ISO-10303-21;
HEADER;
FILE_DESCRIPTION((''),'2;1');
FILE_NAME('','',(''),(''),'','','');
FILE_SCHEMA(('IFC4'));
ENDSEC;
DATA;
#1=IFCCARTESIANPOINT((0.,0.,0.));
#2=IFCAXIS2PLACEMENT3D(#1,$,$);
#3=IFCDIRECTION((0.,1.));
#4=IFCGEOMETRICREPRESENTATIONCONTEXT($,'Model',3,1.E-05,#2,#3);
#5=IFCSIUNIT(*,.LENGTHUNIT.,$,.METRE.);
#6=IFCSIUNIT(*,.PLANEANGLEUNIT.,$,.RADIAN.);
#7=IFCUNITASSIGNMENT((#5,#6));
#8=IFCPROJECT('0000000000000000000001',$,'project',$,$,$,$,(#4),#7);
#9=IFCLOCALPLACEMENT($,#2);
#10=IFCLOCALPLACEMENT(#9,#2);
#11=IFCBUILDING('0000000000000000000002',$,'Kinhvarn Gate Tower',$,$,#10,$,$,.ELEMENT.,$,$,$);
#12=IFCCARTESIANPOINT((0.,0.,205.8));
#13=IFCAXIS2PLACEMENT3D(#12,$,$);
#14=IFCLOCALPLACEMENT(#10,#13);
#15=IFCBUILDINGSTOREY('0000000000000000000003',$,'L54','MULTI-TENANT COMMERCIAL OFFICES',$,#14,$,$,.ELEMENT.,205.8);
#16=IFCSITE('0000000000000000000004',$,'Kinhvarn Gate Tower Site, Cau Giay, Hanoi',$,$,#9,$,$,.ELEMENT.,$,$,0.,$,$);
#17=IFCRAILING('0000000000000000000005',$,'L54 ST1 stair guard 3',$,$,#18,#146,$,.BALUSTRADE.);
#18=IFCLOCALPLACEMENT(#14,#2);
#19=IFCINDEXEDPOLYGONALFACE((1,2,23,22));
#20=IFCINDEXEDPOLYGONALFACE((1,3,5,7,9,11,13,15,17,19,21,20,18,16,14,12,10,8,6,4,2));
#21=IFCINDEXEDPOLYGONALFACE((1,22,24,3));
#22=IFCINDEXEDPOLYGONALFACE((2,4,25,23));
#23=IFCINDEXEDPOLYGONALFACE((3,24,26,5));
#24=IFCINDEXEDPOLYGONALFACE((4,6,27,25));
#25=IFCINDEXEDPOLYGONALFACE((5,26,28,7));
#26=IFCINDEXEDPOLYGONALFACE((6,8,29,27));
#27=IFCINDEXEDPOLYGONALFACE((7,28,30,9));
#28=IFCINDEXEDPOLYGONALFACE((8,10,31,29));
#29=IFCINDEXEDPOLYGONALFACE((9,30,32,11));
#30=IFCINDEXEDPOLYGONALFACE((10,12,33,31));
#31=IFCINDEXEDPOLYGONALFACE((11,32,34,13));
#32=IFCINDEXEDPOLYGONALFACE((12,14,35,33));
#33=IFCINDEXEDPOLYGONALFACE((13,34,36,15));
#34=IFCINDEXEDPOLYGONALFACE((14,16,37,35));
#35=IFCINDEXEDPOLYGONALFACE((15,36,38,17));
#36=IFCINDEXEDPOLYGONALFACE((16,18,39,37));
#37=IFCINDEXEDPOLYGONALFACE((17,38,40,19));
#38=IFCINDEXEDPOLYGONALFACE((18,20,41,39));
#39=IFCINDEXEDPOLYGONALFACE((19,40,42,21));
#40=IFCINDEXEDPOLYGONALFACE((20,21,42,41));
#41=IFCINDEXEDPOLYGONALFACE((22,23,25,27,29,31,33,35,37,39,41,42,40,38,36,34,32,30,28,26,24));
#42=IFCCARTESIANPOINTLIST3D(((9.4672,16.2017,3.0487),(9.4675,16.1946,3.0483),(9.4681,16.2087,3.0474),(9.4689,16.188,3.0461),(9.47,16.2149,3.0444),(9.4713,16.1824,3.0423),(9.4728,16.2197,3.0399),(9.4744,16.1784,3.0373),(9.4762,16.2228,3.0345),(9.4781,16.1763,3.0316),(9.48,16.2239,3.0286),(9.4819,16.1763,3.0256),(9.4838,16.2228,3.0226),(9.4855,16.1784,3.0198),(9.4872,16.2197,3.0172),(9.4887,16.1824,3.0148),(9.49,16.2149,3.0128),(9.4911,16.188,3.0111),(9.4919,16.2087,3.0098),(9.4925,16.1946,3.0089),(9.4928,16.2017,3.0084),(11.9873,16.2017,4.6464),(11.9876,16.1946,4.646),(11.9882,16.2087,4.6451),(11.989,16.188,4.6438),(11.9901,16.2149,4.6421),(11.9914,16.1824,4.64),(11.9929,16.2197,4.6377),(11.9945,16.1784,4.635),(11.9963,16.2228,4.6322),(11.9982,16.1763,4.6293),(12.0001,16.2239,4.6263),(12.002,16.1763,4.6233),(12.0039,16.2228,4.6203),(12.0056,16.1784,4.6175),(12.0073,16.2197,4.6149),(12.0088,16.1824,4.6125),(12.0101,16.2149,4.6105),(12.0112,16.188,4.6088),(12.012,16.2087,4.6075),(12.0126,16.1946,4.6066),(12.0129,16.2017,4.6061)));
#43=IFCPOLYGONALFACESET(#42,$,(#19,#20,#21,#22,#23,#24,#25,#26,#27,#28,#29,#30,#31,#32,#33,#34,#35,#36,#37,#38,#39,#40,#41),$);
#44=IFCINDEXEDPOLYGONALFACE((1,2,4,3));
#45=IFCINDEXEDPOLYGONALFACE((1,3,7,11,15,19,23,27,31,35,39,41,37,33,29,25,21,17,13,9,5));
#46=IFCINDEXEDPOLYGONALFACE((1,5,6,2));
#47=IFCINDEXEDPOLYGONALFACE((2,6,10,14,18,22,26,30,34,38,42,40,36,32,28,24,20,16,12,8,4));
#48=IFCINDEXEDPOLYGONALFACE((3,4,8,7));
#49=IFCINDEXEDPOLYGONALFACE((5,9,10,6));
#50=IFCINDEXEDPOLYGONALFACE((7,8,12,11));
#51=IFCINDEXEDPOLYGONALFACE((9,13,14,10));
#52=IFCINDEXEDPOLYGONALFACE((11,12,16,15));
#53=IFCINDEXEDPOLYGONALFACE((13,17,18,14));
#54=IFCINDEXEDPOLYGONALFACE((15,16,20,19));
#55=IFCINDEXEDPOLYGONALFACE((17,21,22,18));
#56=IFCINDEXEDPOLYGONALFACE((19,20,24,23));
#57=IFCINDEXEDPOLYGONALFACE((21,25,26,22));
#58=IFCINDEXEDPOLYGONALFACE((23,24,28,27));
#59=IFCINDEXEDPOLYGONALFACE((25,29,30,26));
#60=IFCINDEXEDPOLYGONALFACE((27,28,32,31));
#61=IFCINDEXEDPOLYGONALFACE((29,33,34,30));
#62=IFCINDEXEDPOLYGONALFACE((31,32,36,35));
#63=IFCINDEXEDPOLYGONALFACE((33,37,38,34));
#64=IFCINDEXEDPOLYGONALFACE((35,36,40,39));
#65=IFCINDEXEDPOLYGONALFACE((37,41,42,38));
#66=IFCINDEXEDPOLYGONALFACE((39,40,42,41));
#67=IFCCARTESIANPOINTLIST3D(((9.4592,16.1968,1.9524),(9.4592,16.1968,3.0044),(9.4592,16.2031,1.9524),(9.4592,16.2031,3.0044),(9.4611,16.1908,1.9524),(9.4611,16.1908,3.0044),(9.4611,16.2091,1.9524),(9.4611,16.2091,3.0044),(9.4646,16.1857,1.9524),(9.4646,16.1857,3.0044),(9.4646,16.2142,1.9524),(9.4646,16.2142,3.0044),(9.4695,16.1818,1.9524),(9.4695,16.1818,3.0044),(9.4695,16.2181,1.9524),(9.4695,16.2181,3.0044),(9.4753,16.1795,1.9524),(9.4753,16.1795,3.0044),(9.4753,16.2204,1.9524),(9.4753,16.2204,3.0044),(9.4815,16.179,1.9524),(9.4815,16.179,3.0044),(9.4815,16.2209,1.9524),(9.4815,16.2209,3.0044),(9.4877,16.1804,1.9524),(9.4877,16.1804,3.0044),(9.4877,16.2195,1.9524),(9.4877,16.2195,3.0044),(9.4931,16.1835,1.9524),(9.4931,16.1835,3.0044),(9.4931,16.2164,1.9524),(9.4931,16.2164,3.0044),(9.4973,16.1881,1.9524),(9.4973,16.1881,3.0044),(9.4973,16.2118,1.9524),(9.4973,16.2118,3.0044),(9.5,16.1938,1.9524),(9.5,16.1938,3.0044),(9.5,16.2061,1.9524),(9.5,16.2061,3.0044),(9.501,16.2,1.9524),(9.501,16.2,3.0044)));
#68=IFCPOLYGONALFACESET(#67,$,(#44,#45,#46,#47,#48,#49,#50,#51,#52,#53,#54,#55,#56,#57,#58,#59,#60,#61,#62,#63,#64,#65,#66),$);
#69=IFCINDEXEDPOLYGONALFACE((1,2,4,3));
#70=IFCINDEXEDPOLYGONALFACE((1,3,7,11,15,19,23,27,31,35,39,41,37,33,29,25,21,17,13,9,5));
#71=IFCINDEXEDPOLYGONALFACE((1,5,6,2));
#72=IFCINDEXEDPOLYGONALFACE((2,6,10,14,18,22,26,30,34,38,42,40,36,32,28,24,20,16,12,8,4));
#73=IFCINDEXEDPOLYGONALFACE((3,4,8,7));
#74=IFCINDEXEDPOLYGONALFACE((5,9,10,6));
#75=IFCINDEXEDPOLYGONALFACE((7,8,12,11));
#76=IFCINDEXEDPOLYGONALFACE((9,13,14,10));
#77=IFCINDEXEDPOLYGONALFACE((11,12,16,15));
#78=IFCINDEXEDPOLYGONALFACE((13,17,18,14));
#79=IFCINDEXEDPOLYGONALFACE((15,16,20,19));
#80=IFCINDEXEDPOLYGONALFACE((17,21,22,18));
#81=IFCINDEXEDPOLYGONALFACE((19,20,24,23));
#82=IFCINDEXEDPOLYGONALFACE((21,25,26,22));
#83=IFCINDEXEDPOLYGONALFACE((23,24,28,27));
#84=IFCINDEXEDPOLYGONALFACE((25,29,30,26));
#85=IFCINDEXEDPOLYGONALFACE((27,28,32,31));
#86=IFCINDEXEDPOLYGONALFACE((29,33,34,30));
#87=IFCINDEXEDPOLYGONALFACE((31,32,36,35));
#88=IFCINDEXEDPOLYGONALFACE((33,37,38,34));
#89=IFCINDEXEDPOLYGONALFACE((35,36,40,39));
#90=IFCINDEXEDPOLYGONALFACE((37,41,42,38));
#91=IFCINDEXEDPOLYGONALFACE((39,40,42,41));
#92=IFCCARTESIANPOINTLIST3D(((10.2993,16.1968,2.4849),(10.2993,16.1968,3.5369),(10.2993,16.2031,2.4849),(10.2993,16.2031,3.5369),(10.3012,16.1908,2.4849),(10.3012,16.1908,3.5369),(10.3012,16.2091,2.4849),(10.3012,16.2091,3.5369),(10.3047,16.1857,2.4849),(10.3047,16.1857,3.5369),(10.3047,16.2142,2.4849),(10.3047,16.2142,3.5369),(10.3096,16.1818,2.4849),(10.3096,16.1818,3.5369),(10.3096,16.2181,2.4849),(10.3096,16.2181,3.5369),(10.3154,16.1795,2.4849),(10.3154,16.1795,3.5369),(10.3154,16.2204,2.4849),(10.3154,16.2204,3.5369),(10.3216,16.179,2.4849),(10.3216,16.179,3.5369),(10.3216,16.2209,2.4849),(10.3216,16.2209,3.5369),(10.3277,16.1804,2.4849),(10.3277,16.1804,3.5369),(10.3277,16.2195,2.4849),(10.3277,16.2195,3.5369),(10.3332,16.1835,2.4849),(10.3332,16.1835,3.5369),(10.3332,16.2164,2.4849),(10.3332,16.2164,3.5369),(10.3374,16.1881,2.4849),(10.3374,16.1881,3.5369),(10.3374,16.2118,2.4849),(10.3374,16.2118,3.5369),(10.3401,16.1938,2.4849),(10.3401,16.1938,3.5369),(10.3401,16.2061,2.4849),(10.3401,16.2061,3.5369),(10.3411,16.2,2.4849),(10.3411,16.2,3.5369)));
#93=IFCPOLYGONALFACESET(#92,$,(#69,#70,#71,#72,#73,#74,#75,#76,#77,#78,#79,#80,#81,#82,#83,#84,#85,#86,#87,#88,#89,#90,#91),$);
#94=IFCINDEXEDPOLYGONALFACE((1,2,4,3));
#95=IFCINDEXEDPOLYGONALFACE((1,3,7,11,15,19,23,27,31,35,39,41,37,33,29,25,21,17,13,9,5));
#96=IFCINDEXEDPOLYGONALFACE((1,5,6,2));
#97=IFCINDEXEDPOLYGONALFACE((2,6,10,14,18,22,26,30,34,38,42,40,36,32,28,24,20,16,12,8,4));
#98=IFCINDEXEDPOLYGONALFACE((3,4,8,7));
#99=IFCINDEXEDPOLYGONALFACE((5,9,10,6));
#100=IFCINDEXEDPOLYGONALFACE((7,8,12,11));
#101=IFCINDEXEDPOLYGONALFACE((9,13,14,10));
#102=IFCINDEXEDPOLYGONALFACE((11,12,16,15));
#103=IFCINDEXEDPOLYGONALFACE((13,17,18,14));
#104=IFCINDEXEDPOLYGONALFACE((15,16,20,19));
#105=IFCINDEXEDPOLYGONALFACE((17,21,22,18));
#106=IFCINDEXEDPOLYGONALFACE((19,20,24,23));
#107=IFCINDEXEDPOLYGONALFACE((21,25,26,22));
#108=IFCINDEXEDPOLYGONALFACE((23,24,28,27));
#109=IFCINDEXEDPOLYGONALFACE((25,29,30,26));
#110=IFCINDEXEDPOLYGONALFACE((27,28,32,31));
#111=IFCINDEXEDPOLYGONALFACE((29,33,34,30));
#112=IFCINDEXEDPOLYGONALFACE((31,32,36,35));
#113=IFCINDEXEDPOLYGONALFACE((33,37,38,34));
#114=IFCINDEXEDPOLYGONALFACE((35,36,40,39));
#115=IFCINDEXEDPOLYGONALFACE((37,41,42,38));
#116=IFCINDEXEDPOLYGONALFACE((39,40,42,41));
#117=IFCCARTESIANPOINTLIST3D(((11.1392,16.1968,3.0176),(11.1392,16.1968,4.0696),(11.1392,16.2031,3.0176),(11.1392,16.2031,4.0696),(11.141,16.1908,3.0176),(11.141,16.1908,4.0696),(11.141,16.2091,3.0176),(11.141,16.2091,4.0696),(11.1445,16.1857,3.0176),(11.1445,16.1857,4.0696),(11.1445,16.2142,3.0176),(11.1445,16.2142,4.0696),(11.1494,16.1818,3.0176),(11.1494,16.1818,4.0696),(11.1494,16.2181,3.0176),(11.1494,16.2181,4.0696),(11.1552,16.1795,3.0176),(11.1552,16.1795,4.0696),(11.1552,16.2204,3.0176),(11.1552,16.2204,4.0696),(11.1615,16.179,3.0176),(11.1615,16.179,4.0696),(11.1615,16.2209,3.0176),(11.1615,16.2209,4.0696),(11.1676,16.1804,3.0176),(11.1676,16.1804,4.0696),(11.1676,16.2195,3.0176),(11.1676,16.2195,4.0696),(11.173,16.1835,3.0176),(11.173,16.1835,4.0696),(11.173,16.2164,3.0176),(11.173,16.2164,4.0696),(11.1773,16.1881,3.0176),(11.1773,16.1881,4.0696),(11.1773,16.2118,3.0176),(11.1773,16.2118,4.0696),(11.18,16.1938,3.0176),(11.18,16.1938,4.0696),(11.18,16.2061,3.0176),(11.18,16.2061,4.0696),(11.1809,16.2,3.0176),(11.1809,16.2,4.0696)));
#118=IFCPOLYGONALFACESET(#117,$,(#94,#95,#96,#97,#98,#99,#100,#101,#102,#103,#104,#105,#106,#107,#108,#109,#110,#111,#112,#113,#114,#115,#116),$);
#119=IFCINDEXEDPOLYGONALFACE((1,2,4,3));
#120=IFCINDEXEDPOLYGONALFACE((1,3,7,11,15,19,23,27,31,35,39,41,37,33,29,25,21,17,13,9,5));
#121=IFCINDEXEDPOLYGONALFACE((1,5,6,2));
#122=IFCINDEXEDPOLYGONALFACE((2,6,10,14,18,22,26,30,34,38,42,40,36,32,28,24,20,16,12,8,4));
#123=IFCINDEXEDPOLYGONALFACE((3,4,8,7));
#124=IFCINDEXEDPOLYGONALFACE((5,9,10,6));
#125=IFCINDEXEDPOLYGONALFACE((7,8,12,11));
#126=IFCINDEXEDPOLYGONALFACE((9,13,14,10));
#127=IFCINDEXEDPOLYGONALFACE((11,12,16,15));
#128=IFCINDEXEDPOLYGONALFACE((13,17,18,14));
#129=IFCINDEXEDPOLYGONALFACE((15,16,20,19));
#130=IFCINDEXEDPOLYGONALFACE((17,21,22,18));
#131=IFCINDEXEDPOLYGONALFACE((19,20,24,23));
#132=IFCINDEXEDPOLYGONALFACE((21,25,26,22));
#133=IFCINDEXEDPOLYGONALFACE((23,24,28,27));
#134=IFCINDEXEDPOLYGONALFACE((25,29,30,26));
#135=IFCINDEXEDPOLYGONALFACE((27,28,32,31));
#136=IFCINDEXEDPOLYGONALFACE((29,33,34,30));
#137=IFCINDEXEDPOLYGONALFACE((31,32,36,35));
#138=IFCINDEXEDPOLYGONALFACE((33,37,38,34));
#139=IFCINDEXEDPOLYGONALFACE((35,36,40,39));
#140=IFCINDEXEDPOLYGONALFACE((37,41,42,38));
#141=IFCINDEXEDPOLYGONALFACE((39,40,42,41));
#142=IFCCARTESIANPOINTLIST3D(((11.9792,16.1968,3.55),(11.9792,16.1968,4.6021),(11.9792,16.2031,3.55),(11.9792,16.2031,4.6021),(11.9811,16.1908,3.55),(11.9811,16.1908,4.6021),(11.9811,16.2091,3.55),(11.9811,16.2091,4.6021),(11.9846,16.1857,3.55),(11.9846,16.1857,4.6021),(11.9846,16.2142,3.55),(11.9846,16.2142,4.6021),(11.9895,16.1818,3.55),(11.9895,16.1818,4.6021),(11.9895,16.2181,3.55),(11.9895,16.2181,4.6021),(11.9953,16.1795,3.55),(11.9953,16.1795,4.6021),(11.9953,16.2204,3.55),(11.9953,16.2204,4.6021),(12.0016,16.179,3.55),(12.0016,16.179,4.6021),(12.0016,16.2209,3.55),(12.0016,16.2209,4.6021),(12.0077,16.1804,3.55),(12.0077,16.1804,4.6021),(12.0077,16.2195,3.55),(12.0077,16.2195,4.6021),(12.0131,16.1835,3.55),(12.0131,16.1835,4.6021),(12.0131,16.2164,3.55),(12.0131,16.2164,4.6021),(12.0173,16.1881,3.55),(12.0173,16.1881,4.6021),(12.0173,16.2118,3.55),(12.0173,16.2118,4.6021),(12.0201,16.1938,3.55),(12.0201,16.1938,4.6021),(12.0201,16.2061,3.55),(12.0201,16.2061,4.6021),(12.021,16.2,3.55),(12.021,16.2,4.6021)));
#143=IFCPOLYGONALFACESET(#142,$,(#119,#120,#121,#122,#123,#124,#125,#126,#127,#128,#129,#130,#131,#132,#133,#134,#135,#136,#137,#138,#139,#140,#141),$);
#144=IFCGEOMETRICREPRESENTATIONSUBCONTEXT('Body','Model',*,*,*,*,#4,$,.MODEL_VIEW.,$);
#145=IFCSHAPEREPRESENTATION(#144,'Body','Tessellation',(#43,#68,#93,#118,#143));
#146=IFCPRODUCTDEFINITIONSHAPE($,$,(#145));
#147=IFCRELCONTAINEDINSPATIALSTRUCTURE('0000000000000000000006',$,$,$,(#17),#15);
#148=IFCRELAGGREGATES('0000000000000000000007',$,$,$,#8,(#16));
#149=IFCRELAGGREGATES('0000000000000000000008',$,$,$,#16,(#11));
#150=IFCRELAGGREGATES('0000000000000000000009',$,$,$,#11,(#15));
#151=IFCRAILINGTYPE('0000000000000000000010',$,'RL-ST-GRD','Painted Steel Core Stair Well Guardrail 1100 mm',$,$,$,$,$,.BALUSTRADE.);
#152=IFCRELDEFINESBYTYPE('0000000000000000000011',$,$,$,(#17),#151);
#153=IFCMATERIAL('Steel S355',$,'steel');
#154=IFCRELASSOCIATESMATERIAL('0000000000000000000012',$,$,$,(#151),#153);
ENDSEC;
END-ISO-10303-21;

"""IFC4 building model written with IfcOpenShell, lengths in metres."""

from ifc_helpers import new_model, si_unit, direction, frame, origin, origin_2d, place, context, subcontext, project, spatial, circle, extrude, material, type_object, element, save


model = new_model("IFC4")

# Units and contexts
model_context = context("Model", 3, precision=1e-05, world=origin(), true_north=direction((0.0, 1.0)))
body_context = subcontext(model_context, "Body", "Model", "MODEL_VIEW")
ifc_project = project(units=[si_unit("LENGTHUNIT", "METRE"), si_unit("PLANEANGLEUNIT", "RADIAN")], contexts=[model_context])

# Site, building, storey
site_placement = place(None, origin())
site = spatial("IfcSite", under=ifc_project, at=site_placement, Name="Kinhvarn Gate Tower Site, Cau Giay, Hanoi", CompositionType="ELEMENT", RefElevation=0.0)
building_placement = place(site_placement, origin())
building = spatial("IfcBuilding", under=site, at=building_placement, Name="Kinhvarn Gate Tower", CompositionType="ELEMENT")
storey_placement = place(building_placement, frame((0.0, 0.0, 205.8)))
storey = spatial("IfcBuildingStorey", under=building, at=storey_placement, Name="L54", Description="MULTI-TENANT COMMERCIAL OFFICES", CompositionType="ELEMENT", Elevation=205.8)

# Shared definitions
ifc_material_1 = material(Name="Steel S355", Category="steel")

# Railing
railing_type_1 = type_object("IfcRailingType", Name="RL-ST-GRD", Description="Painted Steel Core Stair Well Guardrail 1100 mm", PredefinedType="BALUSTRADE", material=ifc_material_1)
railing_1_placement = place(storey_placement, frame((9.48, 16.2, 1.9524)))
element("IfcRailing", 1, at=railing_1_placement, inside=storey, type_object=railing_type_1, Name="L54 ST1 stair guard 3", PredefinedType="BALUSTRADE", context=body_context, shape_type="SweptSolid", body=[
    extrude(circle(Radius=0.0239, at=origin_2d()), frame((0.0, 0.0, 1.0762), z_axis=(0.84457, 0.0, 0.535445), x_axis=(0.0, 1.0, 0.0)), (0.0, 0.0, 1.0), 2.9839),
    extrude(circle(Radius=0.021, at=origin_2d()), origin(), (0.0, 0.0, 1.0), 1.052),
    extrude(circle(Radius=0.021, at=origin_2d()), frame((0.8401, 0.0, 0.5325)), (0.0, 0.0, 1.0), 1.052),
    extrude(circle(Radius=0.021, at=origin_2d()), frame((1.6799, 0.0, 1.0652)), (0.0, 0.0, 1.0), 1.052),
    extrude(circle(Radius=0.021, at=origin_2d()), frame((2.52, 0.0, 1.5977)), (0.0, 0.0, 1.0), 1.052),
])

save(model, "model.ifc")
